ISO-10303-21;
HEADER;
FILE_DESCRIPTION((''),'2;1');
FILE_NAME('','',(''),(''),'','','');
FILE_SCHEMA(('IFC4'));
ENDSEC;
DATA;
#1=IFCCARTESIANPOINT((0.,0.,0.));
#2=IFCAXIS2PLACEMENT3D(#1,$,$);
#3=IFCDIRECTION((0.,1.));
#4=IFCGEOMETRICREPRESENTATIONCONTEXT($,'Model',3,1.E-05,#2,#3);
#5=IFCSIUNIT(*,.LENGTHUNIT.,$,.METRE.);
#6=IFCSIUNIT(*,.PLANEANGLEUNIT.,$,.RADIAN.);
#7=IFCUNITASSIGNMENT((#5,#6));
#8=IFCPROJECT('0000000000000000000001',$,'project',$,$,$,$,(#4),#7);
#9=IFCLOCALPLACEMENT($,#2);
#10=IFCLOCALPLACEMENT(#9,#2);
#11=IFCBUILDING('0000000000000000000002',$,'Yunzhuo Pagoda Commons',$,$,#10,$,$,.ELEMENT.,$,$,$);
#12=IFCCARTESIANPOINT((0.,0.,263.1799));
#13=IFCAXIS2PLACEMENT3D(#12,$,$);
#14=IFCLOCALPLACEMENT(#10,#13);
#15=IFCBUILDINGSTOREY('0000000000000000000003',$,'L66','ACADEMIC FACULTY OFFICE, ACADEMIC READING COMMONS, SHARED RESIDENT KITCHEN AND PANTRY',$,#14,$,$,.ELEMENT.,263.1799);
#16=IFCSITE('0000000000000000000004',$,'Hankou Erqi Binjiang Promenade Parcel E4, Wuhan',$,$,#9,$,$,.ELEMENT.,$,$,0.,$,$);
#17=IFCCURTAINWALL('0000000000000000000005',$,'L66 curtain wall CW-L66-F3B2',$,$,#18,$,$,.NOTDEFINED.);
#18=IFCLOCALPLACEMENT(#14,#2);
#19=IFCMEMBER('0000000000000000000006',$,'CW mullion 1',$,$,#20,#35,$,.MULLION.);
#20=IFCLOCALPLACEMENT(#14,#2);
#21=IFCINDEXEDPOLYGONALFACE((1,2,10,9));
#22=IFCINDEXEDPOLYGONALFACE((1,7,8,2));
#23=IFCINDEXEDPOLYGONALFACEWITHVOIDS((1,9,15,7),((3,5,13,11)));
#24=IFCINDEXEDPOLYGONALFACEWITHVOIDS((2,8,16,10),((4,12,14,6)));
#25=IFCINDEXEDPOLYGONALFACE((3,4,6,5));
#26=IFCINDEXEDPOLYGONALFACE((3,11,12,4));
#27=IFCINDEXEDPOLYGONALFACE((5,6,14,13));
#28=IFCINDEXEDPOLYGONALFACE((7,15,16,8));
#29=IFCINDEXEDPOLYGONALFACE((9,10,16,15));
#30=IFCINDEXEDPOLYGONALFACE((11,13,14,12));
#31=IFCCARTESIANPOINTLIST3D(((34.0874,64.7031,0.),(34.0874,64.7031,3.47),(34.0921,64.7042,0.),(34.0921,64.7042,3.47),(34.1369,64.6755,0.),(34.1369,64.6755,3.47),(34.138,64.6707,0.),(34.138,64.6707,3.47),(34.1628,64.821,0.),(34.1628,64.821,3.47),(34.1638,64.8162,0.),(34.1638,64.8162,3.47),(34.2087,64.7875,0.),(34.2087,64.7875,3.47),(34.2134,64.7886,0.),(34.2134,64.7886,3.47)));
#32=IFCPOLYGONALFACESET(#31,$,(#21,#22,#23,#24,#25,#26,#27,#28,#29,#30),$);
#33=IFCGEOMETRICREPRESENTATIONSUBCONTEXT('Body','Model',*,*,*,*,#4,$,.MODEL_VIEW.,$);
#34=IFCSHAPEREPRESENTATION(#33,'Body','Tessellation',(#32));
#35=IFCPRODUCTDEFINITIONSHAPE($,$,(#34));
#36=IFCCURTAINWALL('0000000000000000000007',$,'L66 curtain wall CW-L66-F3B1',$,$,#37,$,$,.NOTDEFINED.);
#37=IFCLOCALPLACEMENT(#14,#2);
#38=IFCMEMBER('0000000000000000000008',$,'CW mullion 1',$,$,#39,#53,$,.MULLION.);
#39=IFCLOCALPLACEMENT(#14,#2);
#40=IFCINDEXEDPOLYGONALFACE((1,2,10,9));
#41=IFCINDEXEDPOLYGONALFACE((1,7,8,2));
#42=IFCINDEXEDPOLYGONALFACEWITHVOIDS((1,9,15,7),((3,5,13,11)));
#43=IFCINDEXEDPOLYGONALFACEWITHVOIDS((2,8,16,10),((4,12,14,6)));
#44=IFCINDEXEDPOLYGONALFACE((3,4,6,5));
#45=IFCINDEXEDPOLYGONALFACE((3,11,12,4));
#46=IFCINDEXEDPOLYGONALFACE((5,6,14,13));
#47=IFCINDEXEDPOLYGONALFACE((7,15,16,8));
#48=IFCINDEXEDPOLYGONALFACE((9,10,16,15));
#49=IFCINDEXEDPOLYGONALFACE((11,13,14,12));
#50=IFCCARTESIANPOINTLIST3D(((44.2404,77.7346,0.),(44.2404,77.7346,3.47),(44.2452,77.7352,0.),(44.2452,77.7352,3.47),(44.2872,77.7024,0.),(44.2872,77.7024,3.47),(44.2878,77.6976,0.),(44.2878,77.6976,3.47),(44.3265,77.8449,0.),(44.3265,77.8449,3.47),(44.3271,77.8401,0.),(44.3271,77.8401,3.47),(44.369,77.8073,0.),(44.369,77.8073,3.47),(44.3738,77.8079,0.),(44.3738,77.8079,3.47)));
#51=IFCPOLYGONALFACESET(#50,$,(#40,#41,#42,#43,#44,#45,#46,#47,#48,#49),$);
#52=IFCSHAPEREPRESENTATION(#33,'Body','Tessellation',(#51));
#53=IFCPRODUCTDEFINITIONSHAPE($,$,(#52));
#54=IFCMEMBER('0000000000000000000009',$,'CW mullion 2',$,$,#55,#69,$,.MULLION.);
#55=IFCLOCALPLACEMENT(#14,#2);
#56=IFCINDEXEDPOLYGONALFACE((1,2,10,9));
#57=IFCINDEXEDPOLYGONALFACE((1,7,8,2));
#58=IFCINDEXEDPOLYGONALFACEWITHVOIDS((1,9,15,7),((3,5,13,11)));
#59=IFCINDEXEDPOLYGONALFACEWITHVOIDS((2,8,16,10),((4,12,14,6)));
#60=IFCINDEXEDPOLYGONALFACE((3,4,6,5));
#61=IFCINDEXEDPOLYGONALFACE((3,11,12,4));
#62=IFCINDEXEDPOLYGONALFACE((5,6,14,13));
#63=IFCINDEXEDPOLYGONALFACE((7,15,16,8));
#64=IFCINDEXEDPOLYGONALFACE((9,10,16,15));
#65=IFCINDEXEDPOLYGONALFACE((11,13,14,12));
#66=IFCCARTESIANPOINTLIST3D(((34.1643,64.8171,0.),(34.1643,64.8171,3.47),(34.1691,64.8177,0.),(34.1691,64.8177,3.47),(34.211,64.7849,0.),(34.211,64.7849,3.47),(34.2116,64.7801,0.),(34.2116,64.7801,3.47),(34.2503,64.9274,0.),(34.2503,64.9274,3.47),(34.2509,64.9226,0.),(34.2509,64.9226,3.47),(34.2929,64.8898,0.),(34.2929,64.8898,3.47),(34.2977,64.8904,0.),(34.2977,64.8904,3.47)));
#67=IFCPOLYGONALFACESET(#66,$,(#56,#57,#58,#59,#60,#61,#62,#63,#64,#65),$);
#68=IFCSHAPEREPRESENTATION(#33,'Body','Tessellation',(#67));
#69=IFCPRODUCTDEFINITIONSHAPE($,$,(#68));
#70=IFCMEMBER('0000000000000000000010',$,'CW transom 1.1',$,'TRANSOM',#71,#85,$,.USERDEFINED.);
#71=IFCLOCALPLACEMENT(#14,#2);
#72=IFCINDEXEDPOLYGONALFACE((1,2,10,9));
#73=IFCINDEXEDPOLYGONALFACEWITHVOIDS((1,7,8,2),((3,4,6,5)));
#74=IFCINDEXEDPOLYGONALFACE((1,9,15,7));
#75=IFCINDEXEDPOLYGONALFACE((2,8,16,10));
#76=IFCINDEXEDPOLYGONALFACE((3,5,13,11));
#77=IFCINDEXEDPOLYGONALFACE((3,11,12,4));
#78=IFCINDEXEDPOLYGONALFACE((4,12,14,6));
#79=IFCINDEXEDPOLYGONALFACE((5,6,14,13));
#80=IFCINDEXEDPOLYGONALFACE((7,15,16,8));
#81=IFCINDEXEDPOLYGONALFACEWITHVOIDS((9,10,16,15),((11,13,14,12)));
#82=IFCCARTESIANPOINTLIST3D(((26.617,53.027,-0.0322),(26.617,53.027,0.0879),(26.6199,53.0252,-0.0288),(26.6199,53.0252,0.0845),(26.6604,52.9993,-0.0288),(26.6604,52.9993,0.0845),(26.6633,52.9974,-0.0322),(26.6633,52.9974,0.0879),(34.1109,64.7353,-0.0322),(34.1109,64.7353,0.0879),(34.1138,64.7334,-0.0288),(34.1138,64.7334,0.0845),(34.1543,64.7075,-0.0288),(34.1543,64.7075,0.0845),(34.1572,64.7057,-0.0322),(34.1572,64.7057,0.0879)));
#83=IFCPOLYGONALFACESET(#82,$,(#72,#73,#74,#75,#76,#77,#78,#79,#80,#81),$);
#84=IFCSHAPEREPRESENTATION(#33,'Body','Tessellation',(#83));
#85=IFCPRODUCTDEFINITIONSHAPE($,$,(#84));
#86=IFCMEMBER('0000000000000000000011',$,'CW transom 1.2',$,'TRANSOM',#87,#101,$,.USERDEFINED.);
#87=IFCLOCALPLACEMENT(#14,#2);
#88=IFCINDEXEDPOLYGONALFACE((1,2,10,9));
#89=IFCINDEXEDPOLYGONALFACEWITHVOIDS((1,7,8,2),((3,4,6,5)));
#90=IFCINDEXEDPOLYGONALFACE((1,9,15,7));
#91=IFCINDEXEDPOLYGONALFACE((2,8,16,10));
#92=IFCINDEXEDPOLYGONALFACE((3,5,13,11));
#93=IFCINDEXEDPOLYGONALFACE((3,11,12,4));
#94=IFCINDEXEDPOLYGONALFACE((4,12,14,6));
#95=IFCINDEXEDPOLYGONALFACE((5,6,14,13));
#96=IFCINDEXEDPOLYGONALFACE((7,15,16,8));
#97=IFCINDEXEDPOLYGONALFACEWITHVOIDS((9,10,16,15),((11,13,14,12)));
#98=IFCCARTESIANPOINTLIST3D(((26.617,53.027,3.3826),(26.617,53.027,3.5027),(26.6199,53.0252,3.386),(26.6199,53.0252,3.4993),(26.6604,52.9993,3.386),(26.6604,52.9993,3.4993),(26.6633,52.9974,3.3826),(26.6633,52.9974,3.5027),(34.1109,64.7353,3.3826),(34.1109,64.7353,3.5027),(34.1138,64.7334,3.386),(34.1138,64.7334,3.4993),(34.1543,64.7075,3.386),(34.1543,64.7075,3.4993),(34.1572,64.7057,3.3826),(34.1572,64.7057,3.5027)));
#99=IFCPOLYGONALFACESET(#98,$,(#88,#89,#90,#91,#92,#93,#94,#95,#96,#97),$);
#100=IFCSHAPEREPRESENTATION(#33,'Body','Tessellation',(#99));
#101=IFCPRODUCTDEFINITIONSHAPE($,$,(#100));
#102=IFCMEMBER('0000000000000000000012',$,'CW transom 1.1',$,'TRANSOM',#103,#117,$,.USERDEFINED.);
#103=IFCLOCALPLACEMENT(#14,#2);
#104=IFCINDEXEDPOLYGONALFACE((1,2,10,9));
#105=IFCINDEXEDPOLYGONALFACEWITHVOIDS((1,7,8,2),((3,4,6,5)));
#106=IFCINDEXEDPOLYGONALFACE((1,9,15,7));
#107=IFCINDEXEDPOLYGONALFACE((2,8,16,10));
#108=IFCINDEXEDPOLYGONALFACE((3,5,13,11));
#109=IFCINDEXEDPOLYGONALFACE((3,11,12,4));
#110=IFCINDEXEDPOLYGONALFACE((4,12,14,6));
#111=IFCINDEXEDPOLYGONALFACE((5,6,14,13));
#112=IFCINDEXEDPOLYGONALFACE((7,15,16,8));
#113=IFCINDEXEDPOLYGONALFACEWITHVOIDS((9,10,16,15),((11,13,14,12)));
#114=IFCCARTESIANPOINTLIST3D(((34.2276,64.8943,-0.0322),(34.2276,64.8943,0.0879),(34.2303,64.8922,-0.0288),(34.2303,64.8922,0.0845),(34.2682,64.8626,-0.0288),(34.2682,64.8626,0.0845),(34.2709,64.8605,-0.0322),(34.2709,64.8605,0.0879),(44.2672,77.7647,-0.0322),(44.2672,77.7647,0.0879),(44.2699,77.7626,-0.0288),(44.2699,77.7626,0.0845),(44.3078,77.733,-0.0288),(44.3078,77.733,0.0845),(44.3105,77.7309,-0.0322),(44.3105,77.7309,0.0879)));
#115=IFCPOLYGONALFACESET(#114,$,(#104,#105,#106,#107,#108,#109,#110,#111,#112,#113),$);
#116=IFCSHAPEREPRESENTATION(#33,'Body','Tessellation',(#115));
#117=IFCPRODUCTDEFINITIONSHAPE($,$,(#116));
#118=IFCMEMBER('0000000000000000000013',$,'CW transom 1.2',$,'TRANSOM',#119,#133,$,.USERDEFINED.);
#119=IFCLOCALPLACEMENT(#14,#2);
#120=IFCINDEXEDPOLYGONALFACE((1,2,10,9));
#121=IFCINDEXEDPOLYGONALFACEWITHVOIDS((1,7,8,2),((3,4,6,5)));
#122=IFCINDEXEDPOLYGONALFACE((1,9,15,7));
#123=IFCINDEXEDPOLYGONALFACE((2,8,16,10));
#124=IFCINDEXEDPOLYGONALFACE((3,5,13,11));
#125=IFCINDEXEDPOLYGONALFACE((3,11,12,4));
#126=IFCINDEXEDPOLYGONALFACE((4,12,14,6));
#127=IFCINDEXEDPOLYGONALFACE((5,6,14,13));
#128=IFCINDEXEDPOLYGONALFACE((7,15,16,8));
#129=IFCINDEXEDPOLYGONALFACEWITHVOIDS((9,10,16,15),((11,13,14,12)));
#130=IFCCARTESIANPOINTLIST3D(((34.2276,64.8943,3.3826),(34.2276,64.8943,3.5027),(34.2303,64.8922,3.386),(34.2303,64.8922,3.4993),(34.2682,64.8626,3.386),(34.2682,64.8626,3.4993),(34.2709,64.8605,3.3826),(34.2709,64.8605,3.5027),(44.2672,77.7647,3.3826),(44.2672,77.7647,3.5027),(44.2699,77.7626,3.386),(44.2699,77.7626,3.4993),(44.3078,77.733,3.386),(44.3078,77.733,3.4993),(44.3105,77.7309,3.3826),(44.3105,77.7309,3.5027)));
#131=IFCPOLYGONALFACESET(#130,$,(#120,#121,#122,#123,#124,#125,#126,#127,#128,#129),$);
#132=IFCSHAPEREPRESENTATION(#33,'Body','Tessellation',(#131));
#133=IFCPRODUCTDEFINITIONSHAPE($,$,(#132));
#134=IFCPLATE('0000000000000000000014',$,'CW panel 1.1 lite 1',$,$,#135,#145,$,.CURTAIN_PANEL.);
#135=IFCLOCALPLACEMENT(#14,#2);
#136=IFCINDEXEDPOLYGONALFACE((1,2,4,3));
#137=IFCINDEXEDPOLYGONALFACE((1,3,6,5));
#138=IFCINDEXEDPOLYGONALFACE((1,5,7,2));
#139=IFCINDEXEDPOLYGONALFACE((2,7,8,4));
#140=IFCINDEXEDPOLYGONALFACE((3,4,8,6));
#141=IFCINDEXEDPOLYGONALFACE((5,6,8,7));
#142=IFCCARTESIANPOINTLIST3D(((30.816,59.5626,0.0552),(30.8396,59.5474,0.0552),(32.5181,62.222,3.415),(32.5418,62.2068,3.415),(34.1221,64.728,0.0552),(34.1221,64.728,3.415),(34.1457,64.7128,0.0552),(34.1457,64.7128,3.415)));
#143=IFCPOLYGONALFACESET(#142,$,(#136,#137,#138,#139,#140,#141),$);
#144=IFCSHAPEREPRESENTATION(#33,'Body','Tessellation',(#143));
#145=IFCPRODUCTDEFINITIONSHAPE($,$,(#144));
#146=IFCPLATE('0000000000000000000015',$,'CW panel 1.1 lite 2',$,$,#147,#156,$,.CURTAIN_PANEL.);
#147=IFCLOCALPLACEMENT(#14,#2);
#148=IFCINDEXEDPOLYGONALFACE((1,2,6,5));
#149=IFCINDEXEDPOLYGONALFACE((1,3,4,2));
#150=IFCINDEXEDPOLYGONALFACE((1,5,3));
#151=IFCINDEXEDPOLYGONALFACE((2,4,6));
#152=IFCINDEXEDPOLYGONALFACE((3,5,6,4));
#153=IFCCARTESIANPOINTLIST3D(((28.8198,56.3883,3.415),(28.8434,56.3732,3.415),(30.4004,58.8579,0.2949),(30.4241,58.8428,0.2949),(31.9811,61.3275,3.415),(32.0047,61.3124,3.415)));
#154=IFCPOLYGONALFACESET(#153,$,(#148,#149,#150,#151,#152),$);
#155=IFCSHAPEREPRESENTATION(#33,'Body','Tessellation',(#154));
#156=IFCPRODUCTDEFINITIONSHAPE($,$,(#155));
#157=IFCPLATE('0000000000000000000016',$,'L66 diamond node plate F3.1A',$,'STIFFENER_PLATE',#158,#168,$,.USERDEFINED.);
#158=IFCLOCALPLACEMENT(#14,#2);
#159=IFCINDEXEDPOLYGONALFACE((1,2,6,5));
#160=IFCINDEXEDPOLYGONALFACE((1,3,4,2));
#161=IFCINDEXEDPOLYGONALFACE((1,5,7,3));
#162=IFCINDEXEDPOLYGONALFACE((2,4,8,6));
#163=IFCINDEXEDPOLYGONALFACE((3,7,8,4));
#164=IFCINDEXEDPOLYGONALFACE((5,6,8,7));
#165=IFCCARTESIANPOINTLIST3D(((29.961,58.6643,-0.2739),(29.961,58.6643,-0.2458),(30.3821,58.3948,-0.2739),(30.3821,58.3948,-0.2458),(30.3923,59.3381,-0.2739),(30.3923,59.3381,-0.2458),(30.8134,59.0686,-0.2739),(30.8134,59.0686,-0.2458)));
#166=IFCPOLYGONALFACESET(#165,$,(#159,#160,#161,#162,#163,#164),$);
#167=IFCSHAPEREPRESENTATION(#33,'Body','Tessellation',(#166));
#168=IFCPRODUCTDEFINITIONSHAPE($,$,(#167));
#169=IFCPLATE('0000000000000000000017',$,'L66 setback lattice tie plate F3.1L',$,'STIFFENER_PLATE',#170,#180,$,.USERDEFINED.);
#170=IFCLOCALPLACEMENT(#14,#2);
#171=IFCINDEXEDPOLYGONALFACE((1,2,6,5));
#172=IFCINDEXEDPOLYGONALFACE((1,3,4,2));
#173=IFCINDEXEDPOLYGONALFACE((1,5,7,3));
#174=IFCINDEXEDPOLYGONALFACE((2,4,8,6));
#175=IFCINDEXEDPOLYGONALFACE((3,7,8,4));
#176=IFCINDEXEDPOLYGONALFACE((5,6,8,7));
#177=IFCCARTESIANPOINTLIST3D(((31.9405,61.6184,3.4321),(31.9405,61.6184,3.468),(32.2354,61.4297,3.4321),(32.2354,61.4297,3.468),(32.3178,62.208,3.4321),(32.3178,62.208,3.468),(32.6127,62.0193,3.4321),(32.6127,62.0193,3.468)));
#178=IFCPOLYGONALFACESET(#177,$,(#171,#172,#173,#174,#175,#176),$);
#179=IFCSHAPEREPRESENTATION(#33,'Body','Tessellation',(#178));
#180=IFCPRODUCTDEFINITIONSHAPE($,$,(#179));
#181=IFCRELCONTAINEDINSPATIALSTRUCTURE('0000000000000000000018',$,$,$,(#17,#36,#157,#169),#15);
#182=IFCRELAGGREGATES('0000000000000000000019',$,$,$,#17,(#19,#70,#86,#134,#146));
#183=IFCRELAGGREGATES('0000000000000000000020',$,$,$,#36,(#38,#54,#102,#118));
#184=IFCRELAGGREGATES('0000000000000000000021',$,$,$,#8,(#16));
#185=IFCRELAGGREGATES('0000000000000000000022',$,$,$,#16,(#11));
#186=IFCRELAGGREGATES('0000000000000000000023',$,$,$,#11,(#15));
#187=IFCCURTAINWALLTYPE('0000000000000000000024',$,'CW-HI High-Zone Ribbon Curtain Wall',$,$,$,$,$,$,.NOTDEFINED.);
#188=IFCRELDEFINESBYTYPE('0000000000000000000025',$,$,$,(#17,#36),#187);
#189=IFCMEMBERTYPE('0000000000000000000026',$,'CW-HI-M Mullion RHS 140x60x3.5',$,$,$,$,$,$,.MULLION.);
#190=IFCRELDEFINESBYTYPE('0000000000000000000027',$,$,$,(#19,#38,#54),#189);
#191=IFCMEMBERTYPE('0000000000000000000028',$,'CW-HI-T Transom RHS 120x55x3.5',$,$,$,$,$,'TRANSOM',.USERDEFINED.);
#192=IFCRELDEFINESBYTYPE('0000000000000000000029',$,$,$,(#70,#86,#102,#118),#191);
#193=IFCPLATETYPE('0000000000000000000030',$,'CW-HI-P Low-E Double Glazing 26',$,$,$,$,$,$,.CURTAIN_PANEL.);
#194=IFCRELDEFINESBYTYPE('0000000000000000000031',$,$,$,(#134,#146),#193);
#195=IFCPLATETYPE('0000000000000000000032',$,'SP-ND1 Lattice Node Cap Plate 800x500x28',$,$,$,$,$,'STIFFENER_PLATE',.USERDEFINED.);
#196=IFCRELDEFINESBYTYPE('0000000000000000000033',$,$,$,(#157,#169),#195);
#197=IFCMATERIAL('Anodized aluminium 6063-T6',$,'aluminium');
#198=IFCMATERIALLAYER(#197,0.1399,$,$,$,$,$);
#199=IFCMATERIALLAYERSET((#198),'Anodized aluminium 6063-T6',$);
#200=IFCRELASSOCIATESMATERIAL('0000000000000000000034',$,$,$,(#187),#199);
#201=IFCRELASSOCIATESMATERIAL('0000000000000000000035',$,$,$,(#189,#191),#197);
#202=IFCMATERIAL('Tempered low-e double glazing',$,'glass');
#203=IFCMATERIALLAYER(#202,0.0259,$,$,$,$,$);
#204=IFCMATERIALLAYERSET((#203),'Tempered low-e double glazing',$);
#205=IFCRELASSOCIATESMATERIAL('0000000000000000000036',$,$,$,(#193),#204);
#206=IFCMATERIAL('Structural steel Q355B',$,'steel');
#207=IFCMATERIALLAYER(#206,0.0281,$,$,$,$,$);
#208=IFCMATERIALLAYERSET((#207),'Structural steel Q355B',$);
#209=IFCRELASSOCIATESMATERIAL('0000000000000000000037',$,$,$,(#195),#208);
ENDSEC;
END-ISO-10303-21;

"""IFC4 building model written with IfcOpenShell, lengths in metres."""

from ifc_helpers import new_model, si_unit, direction, frame, origin, origin_2d, place, context, subcontext, project, spatial, polyline, rectangle, hollow_rectangle, outline, extrude, source, transform, mapped, material, layer, layer_set, material_profile, profile_set, type_object, element, aggregate, save


model = new_model("IFC4")

# Units and contexts
model_context = context("Model", 3, precision=1e-05, world=origin(), true_north=direction((0.0, 1.0)))
body_context = subcontext(model_context, "Body", "Model", "MODEL_VIEW")
ifc_project = project(units=[si_unit("LENGTHUNIT", "METRE"), si_unit("PLANEANGLEUNIT", "RADIAN")], contexts=[model_context])

# Site, building, storey
site_placement = place(None, origin())
site = spatial("IfcSite", under=ifc_project, at=site_placement, Name="Hankou Erqi Binjiang Promenade Parcel E4, Wuhan", CompositionType="ELEMENT", RefElevation=0.0)
building_placement = place(site_placement, origin())
building = spatial("IfcBuilding", under=site, at=building_placement, Name="Yunzhuo Pagoda Commons", CompositionType="ELEMENT")
storey_placement = place(building_placement, frame((0.0, 0.0, 263.1799)))
storey = spatial("IfcBuildingStorey", under=building, at=storey_placement, Name="L66", Description="ACADEMIC FACULTY OFFICE, ACADEMIC READING COMMONS, SHARED RESIDENT KITCHEN AND PANTRY", CompositionType="ELEMENT", Elevation=263.1799)

# Shared definitions
ifc_material_1 = material(Name="Structural steel Q355B", Category="steel")

# Curtain wall, member
ifc_material_2 = material(Name="Anodized aluminium 6063-T6", Category="aluminium")
ifc_layer_1 = layer(ifc_material_2, 0.1399)
ifc_layer_set_1 = layer_set([ifc_layer_1], Name="Anodized aluminium 6063-T6")
curtain_wall_type = type_object("IfcCurtainWallType", Name="CW-HI High-Zone Ribbon Curtain Wall", PredefinedType="NOTDEFINED", material=ifc_layer_set_1)
curtain_wall_1_placement = place(storey_placement, origin())
curtain_wall_1 = element("IfcCurtainWall", 1, at=curtain_wall_1_placement, inside=storey, type_object=curtain_wall_type, Name="L66 curtain wall CW-L66-F3B2", PredefinedType="NOTDEFINED")
ifc_material_profile_1 = material_profile(ifc_material_2, hollow_rectangle(XDim=0.0601, YDim=0.1399, WallThickness=0.0034, at=origin_2d()), Name="Anodized aluminium 6063-T6")
ifc_profile_set_1 = profile_set([ifc_material_profile_1], Name="Anodized aluminium 6063-T6")
member_type_1 = type_object("IfcMemberType", Name="CW-HI-M Mullion RHS 140x60x3.5", PredefinedType="MULLION", material=ifc_profile_set_1)
shared_shape_1 = source(origin(), body_context, "Body", "SweptSolid", [
    extrude(hollow_rectangle(XDim=0.0601, YDim=0.1399, WallThickness=0.0034, at=origin_2d()), origin(), (0.0, 0.0, 1.0), 3.47),
])
member_1_placement = place(storey_placement, frame((34.1504, 64.7458, 0.0), z_axis=(0.0, 0.0, 1.0), x_axis=(0.842256, -0.539078, 0.0)))
member_1 = element("IfcMember", 2, at=member_1_placement, type_object=member_type_1, Name="CW mullion 1", PredefinedType="MULLION", context=body_context, shape_type="MappedRepresentation", body=[
    mapped(shared_shape_1, transform((0.0, 0.0, 0.0), scale=1.0)),
])

# Curtain wall, members
curtain_wall_2_placement = place(storey_placement, origin())
curtain_wall_2 = element("IfcCurtainWall", 3, at=curtain_wall_2_placement, inside=storey, type_object=curtain_wall_type, Name="L66 curtain wall CW-L66-F3B1", PredefinedType="NOTDEFINED")
member_2_placement = place(storey_placement, frame((44.3071, 77.7712, 0.0), z_axis=(0.0, 0.0, 1.0), x_axis=(0.78848, -0.61506, 0.0)))
member_2 = element("IfcMember", 4, at=member_2_placement, type_object=member_type_1, Name="CW mullion 1", PredefinedType="MULLION", context=body_context, shape_type="MappedRepresentation", body=[
    mapped(shared_shape_1, transform((0.0, 0.0, 0.0), scale=1.0)),
])
member_3_placement = place(storey_placement, frame((34.231, 64.8538, 0.0), z_axis=(0.0, 0.0, 1.0), x_axis=(0.78848, -0.61506, 0.0)))
member_3 = element("IfcMember", 5, at=member_3_placement, type_object=member_type_1, Name="CW mullion 2", PredefinedType="MULLION", context=body_context, shape_type="MappedRepresentation", body=[
    mapped(shared_shape_1, transform((0.0, 0.0, 0.0), scale=1.0)),
])

# Members
ifc_material_profile_2 = material_profile(ifc_material_2, hollow_rectangle(XDim=0.0549, YDim=0.1201, WallThickness=0.0034, at=origin_2d()), Name="Anodized aluminium 6063-T6")
ifc_profile_set_2 = profile_set([ifc_material_profile_2], Name="Anodized aluminium 6063-T6")
member_type_2 = type_object("IfcMemberType", Name="CW-HI-T Transom RHS 120x55x3.5", ElementType="TRANSOM", PredefinedType="USERDEFINED", material=ifc_profile_set_2)
shared_shape_2 = source(origin(), body_context, "Body", "SweptSolid", [
    extrude(hollow_rectangle(XDim=0.0549, YDim=0.1201, WallThickness=0.0034, at=origin_2d()), origin(), (0.0, 0.0, 1.0), 13.9011),
])
member_4_placement = place(storey_placement, frame((34.134, 64.7205, 0.0278), z_axis=(-0.539085, -0.842251, 0.0), x_axis=(0.842251, -0.539085, 0.0)))
member_4 = element("IfcMember", 6, at=member_4_placement, type_object=member_type_2, Name="CW transom 1.1", ObjectType="TRANSOM", PredefinedType="USERDEFINED", context=body_context, shape_type="MappedRepresentation", body=[
    mapped(shared_shape_2, transform((0.0, 0.0, 0.0), scale=1.0)),
])
member_5_placement = place(storey_placement, frame((34.134, 64.7205, 3.4426), z_axis=(-0.539085, -0.842251, 0.0), x_axis=(0.842251, -0.539085, 0.0)))
member_5 = element("IfcMember", 7, at=member_5_placement, type_object=member_type_2, Name="CW transom 1.2", ObjectType="TRANSOM", PredefinedType="USERDEFINED", context=body_context, shape_type="MappedRepresentation", body=[
    mapped(shared_shape_2, transform((0.0, 0.0, 0.0), scale=1.0)),
])
shared_shape_3 = source(origin(), body_context, "Body", "SweptSolid", [
    extrude(hollow_rectangle(XDim=0.0549, YDim=0.1201, WallThickness=0.0034, at=origin_2d()), origin(), (0.0, 0.0, 1.0), 16.323),
])
member_6_placement = place(storey_placement, frame((44.2888, 77.7478, 0.0278), z_axis=(-0.615057, -0.788482, 0.0), x_axis=(0.788482, -0.615057, 0.0)))
member_6 = element("IfcMember", 8, at=member_6_placement, type_object=member_type_2, Name="CW transom 1.1", ObjectType="TRANSOM", PredefinedType="USERDEFINED", context=body_context, shape_type="MappedRepresentation", body=[
    mapped(shared_shape_3, transform((0.0, 0.0, 0.0), scale=1.0)),
])
member_7_placement = place(storey_placement, frame((44.2888, 77.7478, 3.4426), z_axis=(-0.615057, -0.788482, 0.0), x_axis=(0.788482, -0.615057, 0.0)))
member_7 = element("IfcMember", 9, at=member_7_placement, type_object=member_type_2, Name="CW transom 1.2", ObjectType="TRANSOM", PredefinedType="USERDEFINED", context=body_context, shape_type="MappedRepresentation", body=[
    mapped(shared_shape_3, transform((0.0, 0.0, 0.0), scale=1.0)),
])

# Plates
ifc_material_3 = material(Name="Tempered low-e double glazing", Category="glass")
ifc_layer_2 = layer(ifc_material_3, 0.0259)
ifc_layer_set_2 = layer_set([ifc_layer_2], Name="Tempered low-e double glazing")
plate_type_1 = type_object("IfcPlateType", Name="CW-HI-P Low-E Double Glazing 26", PredefinedType="CURTAIN_PANEL", material=ifc_layer_set_2)
plate_1_placement = place(storey_placement, frame((32.4927, 62.1301, 1.7351), z_axis=(-0.842256, 0.539078, 0.0), x_axis=(-0.539078, -0.842256, 0.0)))
plate_1 = element("IfcPlate", 10, at=plate_1_placement, type_object=plate_type_1, Name="CW panel 1.1 lite 1", PredefinedType="CURTAIN_PANEL", context=body_context, shape_type="SweptSolid", body=[
    extrude(outline(polyline([(-3.0664, -1.6799), (3.0664, -1.6799), (-0.0911, 1.6799), (-3.0664, 1.6799), (-3.0664, -1.6799)])), origin(), (0.0, 0.0, 1.0), 0.0281),
])
plate_2_placement = place(storey_placement, frame((30.4241, 58.8428, 1.855), z_axis=(-0.842256, 0.539078, 0.0), x_axis=(-0.539078, -0.842256, 0.0)))
plate_2 = element("IfcPlate", 11, at=plate_2_placement, type_object=plate_type_1, Name="CW panel 1.1 lite 2", PredefinedType="CURTAIN_PANEL", context=body_context, shape_type="SweptSolid", body=[
    extrude(outline(polyline([(-2.9321, 1.5601), (0.0, -1.5601), (2.9321, 1.5601), (-2.9321, 1.5601)])), origin(), (0.0, 0.0, 1.0), 0.0281),
])
aggregate(curtain_wall_1, [member_1, member_4, member_5, plate_1, plate_2])

# Plates
ifc_layer_3 = layer(ifc_material_1, 0.0281)
ifc_layer_set_3 = layer_set([ifc_layer_3], Name="Structural steel Q355B")
plate_type_2 = type_object("IfcPlateType", Name="SP-ND1 Lattice Node Cap Plate 800x500x28", ElementType="STIFFENER_PLATE", PredefinedType="USERDEFINED", material=ifc_layer_set_3)
shared_shape_4 = source(origin(), body_context, "Body", "SweptSolid", [
    extrude(rectangle(XDim=0.8, YDim=0.5, at=origin_2d()), origin(), (0.0, 0.0, 1.0), 0.0281),
])
plate_3_placement = place(storey_placement, frame((30.3872, 58.8665, -0.2739), z_axis=(0.0, 0.0, 1.0), x_axis=(-0.53908, -0.842255, 0.0)))
element("IfcPlate", 12, at=plate_3_placement, inside=storey, type_object=plate_type_2, Name="L66 diamond node plate F3.1A", ObjectType="STIFFENER_PLATE", PredefinedType="USERDEFINED", context=body_context, shape_type="MappedRepresentation", body=[
    mapped(shared_shape_4, transform((0.0, 0.0, 0.0), scale=1.0)),
])
shared_shape_5 = source(origin(), body_context, "Body", "SweptSolid", [
    extrude(rectangle(XDim=0.7, YDim=0.3501, at=origin_2d()), origin(), (0.0, 0.0, 1.0), 0.0359),
])
plate_4_placement = place(storey_placement, frame((32.2766, 61.8188, 3.4321), z_axis=(0.0, 0.0, 1.0), x_axis=(-0.53908, -0.842255, 0.0)))
element("IfcPlate", 13, at=plate_4_placement, inside=storey, type_object=plate_type_2, Name="L66 setback lattice tie plate F3.1L", ObjectType="STIFFENER_PLATE", PredefinedType="USERDEFINED", context=body_context, shape_type="MappedRepresentation", body=[
    mapped(shared_shape_5, transform((0.0, 0.0, 0.0), scale=1.0)),
])

aggregate(curtain_wall_2, [member_2, member_3, member_6, member_7])

save(model, "model.ifc")
